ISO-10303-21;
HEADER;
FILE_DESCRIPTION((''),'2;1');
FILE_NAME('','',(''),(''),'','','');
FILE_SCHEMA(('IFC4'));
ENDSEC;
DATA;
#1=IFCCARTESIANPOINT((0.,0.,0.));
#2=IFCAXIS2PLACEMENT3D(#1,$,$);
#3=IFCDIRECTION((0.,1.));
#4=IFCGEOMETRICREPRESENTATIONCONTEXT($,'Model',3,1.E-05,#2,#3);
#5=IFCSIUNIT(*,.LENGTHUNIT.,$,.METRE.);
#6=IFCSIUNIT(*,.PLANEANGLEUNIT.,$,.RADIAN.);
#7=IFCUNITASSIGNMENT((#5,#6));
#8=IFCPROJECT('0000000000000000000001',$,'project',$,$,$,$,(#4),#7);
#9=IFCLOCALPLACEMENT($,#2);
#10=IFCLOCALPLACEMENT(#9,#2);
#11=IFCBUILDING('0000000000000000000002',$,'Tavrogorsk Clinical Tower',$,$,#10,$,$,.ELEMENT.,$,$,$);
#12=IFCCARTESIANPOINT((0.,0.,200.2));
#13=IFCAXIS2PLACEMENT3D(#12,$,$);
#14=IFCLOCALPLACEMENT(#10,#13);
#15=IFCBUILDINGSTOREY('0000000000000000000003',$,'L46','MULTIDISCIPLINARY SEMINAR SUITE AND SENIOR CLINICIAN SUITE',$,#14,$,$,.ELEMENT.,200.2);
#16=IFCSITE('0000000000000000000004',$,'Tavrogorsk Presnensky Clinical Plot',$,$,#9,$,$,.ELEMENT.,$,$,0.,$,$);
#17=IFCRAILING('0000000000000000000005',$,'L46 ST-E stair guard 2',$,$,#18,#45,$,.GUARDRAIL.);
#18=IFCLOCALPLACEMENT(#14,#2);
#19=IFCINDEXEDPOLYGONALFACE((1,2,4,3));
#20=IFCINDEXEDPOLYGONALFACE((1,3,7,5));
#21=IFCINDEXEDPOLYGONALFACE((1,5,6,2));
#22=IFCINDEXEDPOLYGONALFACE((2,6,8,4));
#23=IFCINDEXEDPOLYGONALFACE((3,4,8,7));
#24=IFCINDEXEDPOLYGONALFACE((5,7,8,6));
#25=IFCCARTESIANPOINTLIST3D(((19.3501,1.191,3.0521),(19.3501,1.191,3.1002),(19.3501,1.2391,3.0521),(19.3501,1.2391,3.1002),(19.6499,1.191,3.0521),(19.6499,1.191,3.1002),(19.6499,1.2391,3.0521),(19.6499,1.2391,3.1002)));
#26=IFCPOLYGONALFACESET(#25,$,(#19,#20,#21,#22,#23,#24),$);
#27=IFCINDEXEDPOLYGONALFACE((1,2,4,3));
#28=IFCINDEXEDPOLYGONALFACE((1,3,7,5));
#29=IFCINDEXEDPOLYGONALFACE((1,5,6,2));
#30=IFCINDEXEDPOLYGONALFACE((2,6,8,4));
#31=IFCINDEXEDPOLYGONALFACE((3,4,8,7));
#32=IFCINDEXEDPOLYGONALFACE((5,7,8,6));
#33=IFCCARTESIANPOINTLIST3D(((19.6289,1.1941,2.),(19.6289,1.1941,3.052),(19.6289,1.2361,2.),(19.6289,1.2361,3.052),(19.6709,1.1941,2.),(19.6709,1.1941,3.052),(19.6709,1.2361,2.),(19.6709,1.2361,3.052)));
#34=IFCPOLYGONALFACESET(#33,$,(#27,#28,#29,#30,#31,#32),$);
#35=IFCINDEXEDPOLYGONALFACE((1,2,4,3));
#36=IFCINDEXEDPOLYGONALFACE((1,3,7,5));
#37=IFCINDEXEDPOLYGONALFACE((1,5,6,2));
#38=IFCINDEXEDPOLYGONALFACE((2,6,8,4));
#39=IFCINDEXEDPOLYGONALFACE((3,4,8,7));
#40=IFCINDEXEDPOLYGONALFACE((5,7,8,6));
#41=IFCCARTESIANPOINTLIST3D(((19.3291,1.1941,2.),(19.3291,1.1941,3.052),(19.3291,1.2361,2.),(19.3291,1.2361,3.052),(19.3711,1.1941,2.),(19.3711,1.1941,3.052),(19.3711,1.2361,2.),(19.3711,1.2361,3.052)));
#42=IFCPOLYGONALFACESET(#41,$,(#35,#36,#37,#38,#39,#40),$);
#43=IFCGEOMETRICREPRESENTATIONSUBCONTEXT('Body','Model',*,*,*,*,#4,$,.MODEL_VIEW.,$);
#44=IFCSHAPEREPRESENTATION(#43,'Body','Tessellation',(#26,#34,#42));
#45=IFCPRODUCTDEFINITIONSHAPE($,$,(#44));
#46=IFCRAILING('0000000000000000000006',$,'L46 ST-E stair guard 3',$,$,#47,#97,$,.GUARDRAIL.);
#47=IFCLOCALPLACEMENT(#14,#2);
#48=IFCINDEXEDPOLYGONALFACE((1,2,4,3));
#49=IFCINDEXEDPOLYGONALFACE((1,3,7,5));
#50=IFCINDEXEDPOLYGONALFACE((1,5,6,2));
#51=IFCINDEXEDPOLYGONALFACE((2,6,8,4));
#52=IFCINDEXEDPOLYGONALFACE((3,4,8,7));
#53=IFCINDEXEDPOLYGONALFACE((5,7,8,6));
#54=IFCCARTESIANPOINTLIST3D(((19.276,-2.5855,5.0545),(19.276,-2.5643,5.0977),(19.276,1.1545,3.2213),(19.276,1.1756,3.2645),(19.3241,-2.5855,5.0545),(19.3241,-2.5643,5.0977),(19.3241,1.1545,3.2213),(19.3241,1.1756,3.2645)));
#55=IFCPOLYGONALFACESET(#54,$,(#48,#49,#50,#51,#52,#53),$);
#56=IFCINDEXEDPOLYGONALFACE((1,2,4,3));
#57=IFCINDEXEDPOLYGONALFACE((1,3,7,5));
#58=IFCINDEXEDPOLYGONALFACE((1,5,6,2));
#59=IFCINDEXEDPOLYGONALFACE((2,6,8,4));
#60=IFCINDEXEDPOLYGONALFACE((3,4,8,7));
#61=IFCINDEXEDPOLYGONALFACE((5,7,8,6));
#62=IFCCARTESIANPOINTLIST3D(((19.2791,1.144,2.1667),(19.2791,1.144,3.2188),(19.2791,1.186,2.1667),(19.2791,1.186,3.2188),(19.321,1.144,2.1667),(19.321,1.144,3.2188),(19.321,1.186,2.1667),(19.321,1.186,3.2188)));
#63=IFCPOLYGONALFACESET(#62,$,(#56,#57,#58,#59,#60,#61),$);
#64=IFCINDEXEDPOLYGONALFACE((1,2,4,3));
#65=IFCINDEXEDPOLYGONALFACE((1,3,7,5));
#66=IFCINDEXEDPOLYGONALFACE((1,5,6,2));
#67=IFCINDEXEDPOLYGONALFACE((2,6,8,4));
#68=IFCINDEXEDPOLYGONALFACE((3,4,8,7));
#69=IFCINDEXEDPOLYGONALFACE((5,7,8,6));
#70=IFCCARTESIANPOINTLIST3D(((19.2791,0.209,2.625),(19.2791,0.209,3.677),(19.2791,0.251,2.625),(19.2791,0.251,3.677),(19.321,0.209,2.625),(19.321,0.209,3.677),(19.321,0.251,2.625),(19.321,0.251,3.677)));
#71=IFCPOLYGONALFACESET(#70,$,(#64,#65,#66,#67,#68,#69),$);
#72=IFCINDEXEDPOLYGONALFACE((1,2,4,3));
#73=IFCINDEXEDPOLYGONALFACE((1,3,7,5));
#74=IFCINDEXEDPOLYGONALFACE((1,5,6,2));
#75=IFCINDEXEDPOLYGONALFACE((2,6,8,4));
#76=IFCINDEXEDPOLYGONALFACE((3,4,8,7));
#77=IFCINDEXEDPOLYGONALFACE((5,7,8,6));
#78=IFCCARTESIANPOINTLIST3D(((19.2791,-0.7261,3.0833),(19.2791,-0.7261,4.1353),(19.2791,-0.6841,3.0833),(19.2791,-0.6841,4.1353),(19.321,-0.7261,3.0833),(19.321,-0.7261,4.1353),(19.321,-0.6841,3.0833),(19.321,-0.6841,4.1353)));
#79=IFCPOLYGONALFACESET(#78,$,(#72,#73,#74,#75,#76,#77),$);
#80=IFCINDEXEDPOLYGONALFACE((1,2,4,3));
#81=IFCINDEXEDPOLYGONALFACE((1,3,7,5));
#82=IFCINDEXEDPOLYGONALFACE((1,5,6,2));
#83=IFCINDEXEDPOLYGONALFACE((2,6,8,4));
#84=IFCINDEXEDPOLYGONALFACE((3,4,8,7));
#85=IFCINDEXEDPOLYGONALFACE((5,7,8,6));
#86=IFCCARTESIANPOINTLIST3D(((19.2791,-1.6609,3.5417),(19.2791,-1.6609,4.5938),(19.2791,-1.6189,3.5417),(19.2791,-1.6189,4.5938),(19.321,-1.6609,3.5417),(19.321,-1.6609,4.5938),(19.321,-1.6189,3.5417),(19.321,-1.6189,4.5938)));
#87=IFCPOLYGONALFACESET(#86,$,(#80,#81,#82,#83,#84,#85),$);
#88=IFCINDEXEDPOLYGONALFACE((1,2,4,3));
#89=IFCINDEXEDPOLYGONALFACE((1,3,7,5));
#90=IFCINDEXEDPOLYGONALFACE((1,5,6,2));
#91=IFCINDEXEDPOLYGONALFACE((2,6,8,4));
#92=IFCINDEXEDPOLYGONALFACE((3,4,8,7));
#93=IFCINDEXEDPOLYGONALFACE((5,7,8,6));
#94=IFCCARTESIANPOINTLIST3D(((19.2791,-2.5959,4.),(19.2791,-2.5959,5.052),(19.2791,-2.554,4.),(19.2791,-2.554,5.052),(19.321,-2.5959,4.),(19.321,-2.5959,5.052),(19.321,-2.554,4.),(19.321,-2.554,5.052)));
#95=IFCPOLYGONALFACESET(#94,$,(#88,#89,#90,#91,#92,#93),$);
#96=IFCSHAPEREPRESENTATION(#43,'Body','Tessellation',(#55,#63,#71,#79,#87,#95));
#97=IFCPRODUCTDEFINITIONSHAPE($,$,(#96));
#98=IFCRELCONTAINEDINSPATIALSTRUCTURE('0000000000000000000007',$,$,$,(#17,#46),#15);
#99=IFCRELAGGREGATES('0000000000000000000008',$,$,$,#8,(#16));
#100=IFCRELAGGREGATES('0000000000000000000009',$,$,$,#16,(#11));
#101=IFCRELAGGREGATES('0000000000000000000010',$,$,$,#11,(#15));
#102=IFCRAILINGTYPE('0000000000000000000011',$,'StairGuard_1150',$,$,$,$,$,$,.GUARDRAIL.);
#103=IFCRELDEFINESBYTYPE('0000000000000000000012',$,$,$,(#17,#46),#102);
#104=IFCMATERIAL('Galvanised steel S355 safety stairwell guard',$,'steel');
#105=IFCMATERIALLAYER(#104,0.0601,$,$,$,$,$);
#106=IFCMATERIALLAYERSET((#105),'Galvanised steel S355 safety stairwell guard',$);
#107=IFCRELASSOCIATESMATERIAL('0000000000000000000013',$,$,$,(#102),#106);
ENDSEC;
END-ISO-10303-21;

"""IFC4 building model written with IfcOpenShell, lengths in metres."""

from ifc_helpers import new_model, si_unit, direction, frame, origin, origin_2d, place, context, subcontext, project, spatial, rectangle, extrude, material, layer, layer_set, type_object, element, save


model = new_model("IFC4")

# Units and contexts
model_context = context("Model", 3, precision=1e-05, world=origin(), true_north=direction((0.0, 1.0)))
body_context = subcontext(model_context, "Body", "Model", "MODEL_VIEW")
ifc_project = project(units=[si_unit("LENGTHUNIT", "METRE"), si_unit("PLANEANGLEUNIT", "RADIAN")], contexts=[model_context])

# Site, building, storey
site_placement = place(None, origin())
site = spatial("IfcSite", under=ifc_project, at=site_placement, Name="Tavrogorsk Presnensky Clinical Plot", CompositionType="ELEMENT", RefElevation=0.0)
building_placement = place(site_placement, origin())
building = spatial("IfcBuilding", under=site, at=building_placement, Name="Tavrogorsk Clinical Tower", CompositionType="ELEMENT")
storey_placement = place(building_placement, frame((0.0, 0.0, 200.2)))
storey = spatial("IfcBuildingStorey", under=building, at=storey_placement, Name="L46", Description="MULTIDISCIPLINARY SEMINAR SUITE AND SENIOR CLINICIAN SUITE", CompositionType="ELEMENT", Elevation=200.2)

# Railings
ifc_material_1 = material(Name="Galvanised steel S355 safety stairwell guard", Category="steel")
ifc_layer_1 = layer(ifc_material_1, 0.0601)
ifc_layer_set_1 = layer_set([ifc_layer_1], Name="Galvanised steel S355 safety stairwell guard")
railing_type = type_object("IfcRailingType", Name="StairGuard_1150", PredefinedType="GUARDRAIL", material=ifc_layer_set_1)
railing_1_placement = place(storey_placement, frame((19.6499, 1.2151, 2.0)))
element("IfcRailing", 1, at=railing_1_placement, inside=storey, type_object=railing_type, Name="L46 ST-E stair guard 2", PredefinedType="GUARDRAIL", context=body_context, shape_type="SweptSolid", body=[
    extrude(rectangle(XDim=0.0481, YDim=0.0481, at=origin_2d()), frame((0.0, 0.0, 1.0762), z_axis=(-1.0, 0.0, 0.0), x_axis=(0.0, -1.0, 0.0)), (0.0, 0.0, 1.0), 0.2998),
    extrude(rectangle(XDim=0.042, YDim=0.042, at=origin_2d()), origin(), (0.0, 0.0, 1.0), 1.052),
    extrude(rectangle(XDim=0.042, YDim=0.042, at=origin_2d()), frame((-0.2998, 0.0, 0.0)), (0.0, 0.0, 1.0), 1.052),
])
railing_2_placement = place(storey_placement, frame((19.3, 1.165, 2.1667)))
element("IfcRailing", 2, at=railing_2_placement, inside=storey, type_object=railing_type, Name="L46 ST-E stair guard 3", PredefinedType="GUARDRAIL", context=body_context, shape_type="SweptSolid", body=[
    extrude(rectangle(XDim=0.0481, YDim=0.0481, at=origin_2d()), frame((0.0, 0.0, 1.0762), z_axis=(0.0, -0.897928, 0.440142), x_axis=(1.0, 0.0, 0.0)), (0.0, 0.0, 1.0), 4.165),
    extrude(rectangle(XDim=0.042, YDim=0.042, at=origin_2d()), origin(), (0.0, 0.0, 1.0), 1.052),
    extrude(rectangle(XDim=0.042, YDim=0.042, at=origin_2d()), frame((0.0, -0.9351, 0.4583)), (0.0, 0.0, 1.0), 1.052),
    extrude(rectangle(XDim=0.042, YDim=0.042, at=origin_2d()), frame((0.0, -1.8701, 0.9165)), (0.0, 0.0, 1.0), 1.052),
    extrude(rectangle(XDim=0.042, YDim=0.042, at=origin_2d()), frame((0.0, -2.8049, 1.375)), (0.0, 0.0, 1.0), 1.052),
    extrude(rectangle(XDim=0.042, YDim=0.042, at=origin_2d()), frame((0.0, -3.74, 1.8333)), (0.0, 0.0, 1.0), 1.052),
])

save(model, "model.ifc")
